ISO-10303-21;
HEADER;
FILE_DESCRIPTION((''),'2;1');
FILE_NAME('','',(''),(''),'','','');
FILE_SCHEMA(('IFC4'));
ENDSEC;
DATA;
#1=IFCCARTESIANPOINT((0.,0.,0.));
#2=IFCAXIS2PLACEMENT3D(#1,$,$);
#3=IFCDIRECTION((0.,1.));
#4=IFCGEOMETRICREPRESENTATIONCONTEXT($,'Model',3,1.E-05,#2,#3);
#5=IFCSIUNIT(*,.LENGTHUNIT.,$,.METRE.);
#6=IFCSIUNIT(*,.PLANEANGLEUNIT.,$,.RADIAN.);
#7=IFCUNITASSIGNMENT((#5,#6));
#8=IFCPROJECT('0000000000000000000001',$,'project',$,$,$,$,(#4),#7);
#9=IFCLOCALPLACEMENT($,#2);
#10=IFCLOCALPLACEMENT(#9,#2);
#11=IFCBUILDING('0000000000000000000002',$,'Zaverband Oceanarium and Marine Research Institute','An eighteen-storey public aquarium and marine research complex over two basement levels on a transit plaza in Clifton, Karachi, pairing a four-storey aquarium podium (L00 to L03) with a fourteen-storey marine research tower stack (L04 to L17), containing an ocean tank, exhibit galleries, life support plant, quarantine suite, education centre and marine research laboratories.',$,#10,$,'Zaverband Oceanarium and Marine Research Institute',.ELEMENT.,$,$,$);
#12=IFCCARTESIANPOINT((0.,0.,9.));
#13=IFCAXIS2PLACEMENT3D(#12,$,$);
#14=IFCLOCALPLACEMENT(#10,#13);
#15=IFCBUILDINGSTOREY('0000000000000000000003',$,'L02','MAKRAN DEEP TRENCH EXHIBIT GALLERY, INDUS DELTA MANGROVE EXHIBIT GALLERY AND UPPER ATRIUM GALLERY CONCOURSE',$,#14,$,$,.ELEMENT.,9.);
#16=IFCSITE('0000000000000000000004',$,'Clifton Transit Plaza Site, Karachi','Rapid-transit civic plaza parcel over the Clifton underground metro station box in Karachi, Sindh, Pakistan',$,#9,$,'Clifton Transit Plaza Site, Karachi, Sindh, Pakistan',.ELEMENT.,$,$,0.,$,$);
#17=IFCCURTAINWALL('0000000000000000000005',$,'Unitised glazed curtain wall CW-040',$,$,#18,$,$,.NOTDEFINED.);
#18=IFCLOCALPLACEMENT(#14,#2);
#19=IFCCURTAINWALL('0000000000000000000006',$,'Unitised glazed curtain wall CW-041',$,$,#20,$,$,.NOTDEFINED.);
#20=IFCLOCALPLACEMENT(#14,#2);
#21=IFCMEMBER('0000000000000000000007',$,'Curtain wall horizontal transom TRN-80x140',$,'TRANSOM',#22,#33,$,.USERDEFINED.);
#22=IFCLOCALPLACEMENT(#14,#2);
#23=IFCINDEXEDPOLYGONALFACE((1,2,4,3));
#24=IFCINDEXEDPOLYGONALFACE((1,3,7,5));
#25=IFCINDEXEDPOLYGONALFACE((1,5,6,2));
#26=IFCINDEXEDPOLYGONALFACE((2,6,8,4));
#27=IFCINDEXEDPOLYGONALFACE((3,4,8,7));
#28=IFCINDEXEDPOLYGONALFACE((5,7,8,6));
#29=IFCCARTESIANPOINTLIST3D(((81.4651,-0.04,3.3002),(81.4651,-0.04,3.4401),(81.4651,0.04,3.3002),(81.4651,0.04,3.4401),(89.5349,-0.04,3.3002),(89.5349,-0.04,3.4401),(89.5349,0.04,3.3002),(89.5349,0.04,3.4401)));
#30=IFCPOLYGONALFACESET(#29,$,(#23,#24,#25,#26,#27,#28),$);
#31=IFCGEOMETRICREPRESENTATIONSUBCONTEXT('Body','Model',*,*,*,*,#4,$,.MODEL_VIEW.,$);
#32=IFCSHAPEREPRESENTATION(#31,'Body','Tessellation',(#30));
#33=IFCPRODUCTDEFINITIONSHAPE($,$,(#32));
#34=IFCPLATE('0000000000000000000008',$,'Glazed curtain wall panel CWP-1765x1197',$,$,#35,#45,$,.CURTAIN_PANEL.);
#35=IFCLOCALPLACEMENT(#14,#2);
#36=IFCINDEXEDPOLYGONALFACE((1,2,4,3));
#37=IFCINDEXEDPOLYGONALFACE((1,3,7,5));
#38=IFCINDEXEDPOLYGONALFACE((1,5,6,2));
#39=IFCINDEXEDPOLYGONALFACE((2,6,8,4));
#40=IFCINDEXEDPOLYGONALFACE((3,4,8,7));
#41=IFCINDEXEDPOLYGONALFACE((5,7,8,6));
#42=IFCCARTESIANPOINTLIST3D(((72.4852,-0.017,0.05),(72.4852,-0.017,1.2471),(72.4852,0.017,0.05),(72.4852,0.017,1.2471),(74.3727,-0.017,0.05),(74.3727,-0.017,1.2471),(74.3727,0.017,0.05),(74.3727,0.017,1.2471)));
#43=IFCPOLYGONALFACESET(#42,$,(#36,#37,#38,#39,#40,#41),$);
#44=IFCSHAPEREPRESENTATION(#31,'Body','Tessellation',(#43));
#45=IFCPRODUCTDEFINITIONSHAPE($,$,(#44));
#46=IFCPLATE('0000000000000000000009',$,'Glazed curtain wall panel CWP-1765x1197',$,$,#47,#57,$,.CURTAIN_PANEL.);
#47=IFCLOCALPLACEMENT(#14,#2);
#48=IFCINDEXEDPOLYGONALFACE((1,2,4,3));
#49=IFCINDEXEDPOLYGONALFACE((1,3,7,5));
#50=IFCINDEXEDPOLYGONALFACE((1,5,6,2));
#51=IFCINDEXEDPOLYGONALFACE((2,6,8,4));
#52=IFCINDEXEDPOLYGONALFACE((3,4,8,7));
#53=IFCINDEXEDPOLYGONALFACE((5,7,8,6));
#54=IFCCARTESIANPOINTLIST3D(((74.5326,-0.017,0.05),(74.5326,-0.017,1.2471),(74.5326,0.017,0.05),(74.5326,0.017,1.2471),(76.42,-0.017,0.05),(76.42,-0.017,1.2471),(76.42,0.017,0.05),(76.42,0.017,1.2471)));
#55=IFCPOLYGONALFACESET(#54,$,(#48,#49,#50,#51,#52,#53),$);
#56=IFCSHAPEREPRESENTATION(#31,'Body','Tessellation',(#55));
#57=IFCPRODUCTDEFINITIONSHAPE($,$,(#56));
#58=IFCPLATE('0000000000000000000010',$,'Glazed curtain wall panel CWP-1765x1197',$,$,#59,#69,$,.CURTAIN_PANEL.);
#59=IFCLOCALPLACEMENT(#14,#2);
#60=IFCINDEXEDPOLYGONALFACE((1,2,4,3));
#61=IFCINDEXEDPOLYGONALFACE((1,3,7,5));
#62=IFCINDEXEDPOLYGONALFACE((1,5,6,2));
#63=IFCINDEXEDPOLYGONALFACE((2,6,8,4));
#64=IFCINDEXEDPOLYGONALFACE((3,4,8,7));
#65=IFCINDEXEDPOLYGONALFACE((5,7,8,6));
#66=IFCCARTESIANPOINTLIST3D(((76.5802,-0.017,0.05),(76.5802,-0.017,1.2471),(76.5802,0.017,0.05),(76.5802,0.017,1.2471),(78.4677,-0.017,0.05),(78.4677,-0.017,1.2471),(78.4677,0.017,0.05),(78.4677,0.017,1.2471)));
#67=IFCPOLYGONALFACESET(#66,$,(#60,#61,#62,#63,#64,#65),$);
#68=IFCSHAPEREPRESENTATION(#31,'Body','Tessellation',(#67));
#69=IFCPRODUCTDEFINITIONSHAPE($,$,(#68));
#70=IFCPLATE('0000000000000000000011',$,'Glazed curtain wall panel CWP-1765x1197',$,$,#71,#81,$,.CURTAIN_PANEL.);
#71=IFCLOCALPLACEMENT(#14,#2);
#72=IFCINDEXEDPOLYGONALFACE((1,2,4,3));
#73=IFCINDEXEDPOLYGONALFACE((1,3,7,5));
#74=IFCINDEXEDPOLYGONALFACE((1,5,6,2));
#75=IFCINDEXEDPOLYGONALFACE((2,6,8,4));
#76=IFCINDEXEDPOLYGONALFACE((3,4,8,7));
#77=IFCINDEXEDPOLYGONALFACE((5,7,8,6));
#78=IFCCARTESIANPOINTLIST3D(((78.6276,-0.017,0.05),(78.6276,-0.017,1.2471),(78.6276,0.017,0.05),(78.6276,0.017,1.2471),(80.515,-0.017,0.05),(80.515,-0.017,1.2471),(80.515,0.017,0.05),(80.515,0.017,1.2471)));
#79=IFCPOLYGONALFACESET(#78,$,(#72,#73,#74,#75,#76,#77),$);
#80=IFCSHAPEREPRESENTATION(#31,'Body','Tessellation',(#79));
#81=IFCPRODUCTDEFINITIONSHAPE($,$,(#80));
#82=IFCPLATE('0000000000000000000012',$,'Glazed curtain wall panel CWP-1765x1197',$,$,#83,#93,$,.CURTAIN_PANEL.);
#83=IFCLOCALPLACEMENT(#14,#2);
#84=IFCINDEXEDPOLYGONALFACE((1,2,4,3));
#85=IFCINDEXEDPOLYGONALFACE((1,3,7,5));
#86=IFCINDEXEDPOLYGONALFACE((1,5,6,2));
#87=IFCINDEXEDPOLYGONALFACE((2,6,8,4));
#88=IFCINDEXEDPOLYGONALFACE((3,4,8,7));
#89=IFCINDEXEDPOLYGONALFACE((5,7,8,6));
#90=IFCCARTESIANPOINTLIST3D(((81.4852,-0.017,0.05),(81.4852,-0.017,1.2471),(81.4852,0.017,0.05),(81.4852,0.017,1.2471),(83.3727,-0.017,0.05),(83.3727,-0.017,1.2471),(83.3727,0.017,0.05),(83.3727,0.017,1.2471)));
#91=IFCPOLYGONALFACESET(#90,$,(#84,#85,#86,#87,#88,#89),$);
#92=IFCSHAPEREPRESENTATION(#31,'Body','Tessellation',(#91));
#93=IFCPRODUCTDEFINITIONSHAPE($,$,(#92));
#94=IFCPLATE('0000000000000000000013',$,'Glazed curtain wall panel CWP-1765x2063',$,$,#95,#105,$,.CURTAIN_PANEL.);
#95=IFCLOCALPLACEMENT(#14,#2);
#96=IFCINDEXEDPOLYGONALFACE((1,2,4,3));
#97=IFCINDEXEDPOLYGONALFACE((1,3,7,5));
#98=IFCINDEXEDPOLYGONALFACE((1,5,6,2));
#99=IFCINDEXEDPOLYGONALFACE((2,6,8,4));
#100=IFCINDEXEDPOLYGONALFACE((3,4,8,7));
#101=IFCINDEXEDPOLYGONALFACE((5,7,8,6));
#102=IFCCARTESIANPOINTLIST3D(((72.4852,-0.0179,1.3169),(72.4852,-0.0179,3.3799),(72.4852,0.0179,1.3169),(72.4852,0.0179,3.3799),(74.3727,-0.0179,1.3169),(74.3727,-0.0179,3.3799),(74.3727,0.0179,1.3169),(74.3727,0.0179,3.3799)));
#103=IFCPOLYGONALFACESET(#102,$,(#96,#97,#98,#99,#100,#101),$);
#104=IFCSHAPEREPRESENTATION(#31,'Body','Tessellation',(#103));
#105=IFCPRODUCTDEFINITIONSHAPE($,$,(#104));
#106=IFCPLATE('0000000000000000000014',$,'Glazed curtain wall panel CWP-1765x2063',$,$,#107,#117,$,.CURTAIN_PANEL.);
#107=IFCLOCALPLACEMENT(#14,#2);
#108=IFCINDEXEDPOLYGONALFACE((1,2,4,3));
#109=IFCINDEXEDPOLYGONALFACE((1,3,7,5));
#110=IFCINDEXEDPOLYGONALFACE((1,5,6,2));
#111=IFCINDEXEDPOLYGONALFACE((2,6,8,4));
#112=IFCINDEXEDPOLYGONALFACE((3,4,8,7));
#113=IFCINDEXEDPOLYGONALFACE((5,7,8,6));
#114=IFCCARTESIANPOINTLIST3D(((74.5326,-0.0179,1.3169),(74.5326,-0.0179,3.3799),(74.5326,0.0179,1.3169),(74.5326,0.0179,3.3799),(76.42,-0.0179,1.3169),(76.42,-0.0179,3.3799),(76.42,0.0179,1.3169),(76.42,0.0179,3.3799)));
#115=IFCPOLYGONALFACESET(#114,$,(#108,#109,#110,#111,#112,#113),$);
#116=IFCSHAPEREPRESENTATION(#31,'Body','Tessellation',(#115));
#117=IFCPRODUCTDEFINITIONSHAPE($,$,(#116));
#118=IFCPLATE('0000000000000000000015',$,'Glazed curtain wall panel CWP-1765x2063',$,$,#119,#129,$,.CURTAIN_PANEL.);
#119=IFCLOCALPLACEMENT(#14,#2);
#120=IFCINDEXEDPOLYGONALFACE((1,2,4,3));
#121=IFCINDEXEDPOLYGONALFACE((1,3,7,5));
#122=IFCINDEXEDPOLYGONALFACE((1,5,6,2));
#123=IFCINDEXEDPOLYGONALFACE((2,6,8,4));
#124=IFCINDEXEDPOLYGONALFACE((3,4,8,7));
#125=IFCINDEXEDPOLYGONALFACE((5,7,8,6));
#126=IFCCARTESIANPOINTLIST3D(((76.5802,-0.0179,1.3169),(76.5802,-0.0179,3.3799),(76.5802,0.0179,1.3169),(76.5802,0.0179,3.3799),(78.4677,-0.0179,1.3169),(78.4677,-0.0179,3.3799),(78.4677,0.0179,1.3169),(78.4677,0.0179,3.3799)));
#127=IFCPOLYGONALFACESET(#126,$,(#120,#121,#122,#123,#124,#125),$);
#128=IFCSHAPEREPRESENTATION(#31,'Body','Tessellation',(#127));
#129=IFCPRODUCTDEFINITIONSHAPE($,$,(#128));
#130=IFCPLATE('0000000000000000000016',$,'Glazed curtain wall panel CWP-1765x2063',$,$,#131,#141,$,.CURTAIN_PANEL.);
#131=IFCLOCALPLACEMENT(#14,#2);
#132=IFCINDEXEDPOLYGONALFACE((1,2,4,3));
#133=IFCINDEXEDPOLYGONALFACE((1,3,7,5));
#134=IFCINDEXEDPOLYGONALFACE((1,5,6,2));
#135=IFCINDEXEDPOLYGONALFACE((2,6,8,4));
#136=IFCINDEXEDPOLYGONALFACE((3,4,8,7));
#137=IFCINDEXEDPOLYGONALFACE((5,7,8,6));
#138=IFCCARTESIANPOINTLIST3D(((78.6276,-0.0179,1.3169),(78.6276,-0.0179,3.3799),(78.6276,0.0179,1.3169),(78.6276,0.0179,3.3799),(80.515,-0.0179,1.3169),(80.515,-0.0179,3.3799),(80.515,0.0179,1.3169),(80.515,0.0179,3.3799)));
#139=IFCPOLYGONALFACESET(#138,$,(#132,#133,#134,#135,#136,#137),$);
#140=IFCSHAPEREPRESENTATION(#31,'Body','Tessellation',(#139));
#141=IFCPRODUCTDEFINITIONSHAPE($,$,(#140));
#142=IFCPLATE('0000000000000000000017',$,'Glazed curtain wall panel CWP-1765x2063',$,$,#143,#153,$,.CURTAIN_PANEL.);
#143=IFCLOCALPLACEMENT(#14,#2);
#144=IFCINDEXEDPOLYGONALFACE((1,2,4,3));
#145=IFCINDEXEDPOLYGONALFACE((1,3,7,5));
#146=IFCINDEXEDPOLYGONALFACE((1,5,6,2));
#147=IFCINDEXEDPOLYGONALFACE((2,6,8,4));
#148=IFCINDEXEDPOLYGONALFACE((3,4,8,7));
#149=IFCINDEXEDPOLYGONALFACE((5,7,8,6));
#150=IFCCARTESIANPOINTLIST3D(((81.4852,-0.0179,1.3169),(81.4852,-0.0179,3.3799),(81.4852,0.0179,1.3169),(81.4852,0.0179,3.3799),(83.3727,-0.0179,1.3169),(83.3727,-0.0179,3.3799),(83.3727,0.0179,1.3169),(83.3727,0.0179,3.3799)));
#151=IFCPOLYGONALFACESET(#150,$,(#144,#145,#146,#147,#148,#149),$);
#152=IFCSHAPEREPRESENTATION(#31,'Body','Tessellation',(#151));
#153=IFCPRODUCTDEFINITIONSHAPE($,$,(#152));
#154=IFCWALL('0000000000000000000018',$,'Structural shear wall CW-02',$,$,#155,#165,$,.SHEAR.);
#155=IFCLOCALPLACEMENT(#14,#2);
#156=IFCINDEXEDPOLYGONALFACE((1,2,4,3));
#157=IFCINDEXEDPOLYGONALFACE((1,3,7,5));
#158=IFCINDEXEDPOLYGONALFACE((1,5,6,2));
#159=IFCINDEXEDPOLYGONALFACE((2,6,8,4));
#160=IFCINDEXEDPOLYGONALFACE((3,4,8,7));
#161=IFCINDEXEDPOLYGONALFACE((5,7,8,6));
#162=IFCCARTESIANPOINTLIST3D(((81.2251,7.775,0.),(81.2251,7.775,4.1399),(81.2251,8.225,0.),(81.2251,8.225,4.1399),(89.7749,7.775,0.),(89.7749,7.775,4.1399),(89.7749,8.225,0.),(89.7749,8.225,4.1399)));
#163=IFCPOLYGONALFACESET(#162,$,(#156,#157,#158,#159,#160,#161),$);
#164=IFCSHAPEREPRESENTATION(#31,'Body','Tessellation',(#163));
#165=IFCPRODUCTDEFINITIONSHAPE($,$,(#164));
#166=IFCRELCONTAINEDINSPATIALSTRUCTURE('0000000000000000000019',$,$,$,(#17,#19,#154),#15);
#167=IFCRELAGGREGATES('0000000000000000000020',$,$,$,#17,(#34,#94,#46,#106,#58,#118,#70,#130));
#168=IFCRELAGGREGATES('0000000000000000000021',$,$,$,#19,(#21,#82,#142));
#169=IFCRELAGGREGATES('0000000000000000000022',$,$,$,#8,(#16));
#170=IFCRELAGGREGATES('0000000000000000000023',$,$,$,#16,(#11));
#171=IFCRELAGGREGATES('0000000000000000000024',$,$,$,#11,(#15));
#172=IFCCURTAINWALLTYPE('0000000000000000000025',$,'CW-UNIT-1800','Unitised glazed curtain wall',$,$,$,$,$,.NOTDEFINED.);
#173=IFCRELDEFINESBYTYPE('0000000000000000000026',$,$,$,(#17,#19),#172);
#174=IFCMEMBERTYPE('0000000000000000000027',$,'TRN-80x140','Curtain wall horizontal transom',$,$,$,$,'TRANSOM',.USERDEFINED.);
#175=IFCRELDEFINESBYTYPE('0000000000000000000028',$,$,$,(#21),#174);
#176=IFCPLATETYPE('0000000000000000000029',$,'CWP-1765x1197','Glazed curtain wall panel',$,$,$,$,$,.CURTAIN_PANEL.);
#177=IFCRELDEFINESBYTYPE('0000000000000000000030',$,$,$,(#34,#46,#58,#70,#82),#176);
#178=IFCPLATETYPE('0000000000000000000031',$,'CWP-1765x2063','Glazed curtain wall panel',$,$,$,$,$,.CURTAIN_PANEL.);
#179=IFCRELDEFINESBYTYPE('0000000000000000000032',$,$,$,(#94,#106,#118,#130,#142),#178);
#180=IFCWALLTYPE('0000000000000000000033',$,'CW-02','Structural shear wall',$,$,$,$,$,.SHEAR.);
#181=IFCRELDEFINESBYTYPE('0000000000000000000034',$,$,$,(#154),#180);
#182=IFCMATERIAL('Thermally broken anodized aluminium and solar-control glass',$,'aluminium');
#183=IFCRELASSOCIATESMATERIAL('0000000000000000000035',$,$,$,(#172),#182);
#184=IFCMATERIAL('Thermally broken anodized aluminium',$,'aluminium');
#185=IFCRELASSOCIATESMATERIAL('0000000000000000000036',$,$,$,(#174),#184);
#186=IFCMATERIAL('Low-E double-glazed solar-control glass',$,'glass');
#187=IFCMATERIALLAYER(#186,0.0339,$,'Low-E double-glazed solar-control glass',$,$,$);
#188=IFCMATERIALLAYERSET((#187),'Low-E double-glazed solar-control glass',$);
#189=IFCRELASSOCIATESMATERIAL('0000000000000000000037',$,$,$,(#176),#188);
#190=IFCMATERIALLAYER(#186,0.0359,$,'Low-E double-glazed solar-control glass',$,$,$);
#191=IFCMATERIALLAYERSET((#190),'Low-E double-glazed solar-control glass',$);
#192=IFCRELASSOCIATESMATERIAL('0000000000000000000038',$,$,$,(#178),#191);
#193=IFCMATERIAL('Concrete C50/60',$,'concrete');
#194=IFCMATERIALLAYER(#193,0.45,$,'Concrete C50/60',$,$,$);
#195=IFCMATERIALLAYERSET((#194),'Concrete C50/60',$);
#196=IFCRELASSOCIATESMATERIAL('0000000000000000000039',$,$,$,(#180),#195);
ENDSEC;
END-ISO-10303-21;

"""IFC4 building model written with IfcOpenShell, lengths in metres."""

from ifc_helpers import new_model, si_unit, direction, frame, frame_2d, origin, origin_2d, place, context, subcontext, project, spatial, rectangle, extrude, material, layer, layer_set, material_profile, profile_set, type_object, element, aggregate, save


model = new_model("IFC4")

# Units and contexts
model_context = context("Model", 3, precision=1e-05, world=origin(), true_north=direction((0.0, 1.0)))
body_context = subcontext(model_context, "Body", "Model", "MODEL_VIEW")
ifc_project = project(units=[si_unit("LENGTHUNIT", "METRE"), si_unit("PLANEANGLEUNIT", "RADIAN")], contexts=[model_context])

# Site, building, storey
site_placement = place(None, origin())
site = spatial("IfcSite", under=ifc_project, at=site_placement, Name="Clifton Transit Plaza Site, Karachi", Description="Rapid-transit civic plaza parcel over the Clifton underground metro station box in Karachi, Sindh, Pakistan", LongName="Clifton Transit Plaza Site, Karachi, Sindh, Pakistan", CompositionType="ELEMENT", RefElevation=0.0)
building_placement = place(site_placement, origin())
building = spatial("IfcBuilding", under=site, at=building_placement, Name="Zaverband Oceanarium and Marine Research Institute", Description="An eighteen-storey public aquarium and marine research complex over two basement levels on a transit plaza in Clifton, Karachi, pairing a four-storey aquarium podium (L00 to L03) with a fourteen-storey marine research tower stack (L04 to L17), containing an ocean tank, exhibit galleries, life support plant, quarantine suite, education centre and marine research laboratories.", LongName="Zaverband Oceanarium and Marine Research Institute", CompositionType="ELEMENT")
storey_placement = place(building_placement, frame((0.0, 0.0, 9.0)))
storey = spatial("IfcBuildingStorey", under=building, at=storey_placement, Name="L02", Description="MAKRAN DEEP TRENCH EXHIBIT GALLERY, INDUS DELTA MANGROVE EXHIBIT GALLERY AND UPPER ATRIUM GALLERY CONCOURSE", CompositionType="ELEMENT", Elevation=9.0)

# Shared definitions
ifc_material_1 = material(Name="Concrete C50/60", Category="concrete")

# Curtain wall
ifc_material_2 = material(Name="Thermally broken anodized aluminium and solar-control glass", Category="aluminium")
curtain_wall_type = type_object("IfcCurtainWallType", Name="CW-UNIT-1800", Description="Unitised glazed curtain wall", PredefinedType="NOTDEFINED", material=ifc_material_2)
curtain_wall_1_placement = place(storey_placement, origin())
curtain_wall_1 = element("IfcCurtainWall", 1, at=curtain_wall_1_placement, inside=storey, type_object=curtain_wall_type, Name="Unitised glazed curtain wall CW-040", PredefinedType="NOTDEFINED")
ifc_material_3 = material(Name="Thermally broken anodized aluminium", Category="aluminium")

# Curtain wall
curtain_wall_2_placement = place(storey_placement, origin())
curtain_wall_2 = element("IfcCurtainWall", 2, at=curtain_wall_2_placement, inside=storey, type_object=curtain_wall_type, Name="Unitised glazed curtain wall CW-041", PredefinedType="NOTDEFINED")

# Member
ifc_material_profile_1 = material_profile(ifc_material_3, rectangle(XDim=0.0801, YDim=0.1399, at=origin_2d()), Name="AL-TRN-80x140")
ifc_profile_set_1 = profile_set([ifc_material_profile_1], Name="Thermally broken anodized aluminium")
member_type_1 = type_object("IfcMemberType", Name="TRN-80x140", Description="Curtain wall horizontal transom", ElementType="TRANSOM", PredefinedType="USERDEFINED", material=ifc_profile_set_1)
member_1_placement = place(storey_placement, frame((81.4651, 0.0, 3.3701), z_axis=(1.0, 0.0, 0.0), x_axis=(0.0, 1.0, 0.0)))
member_1 = element("IfcMember", 3, at=member_1_placement, type_object=member_type_1, Name="Curtain wall horizontal transom TRN-80x140", ObjectType="TRANSOM", PredefinedType="USERDEFINED", context=body_context, shape_type="SweptSolid", body=[
    extrude(rectangle(XDim=0.0801, YDim=0.1399, at=origin_2d()), origin(), (0.0, 0.0, 1.0), 8.0698),
])

# Plates
ifc_material_4 = material(Name="Low-E double-glazed solar-control glass", Category="glass")
ifc_layer_1 = layer(ifc_material_4, 0.0339, Name="Low-E double-glazed solar-control glass")
ifc_layer_set_1 = layer_set([ifc_layer_1], Name="Low-E double-glazed solar-control glass")
plate_type_1 = type_object("IfcPlateType", Name="CWP-1765x1197", Description="Glazed curtain wall panel", PredefinedType="CURTAIN_PANEL", material=ifc_layer_set_1)
plate_1_placement = place(storey_placement, frame((72.4851, 0.0, 0.05), z_axis=(0.0, 0.0, 1.0), x_axis=(1.0, 0.0, 0.0)))
plate_1 = element("IfcPlate", 4, at=plate_1_placement, type_object=plate_type_1, Name="Glazed curtain wall panel CWP-1765x1197", PredefinedType="CURTAIN_PANEL", context=body_context, shape_type="SweptSolid", body=[
    extrude(rectangle(XDim=1.8875, YDim=0.0339, at=frame_2d((0.9438, 0.0))), origin(), (0.0, 0.0, 1.0), 1.197),
])
plate_2_placement = place(storey_placement, frame((74.5325, 0.0, 0.05), z_axis=(0.0, 0.0, 1.0), x_axis=(1.0, 0.0, 0.0)))
plate_2 = element("IfcPlate", 5, at=plate_2_placement, type_object=plate_type_1, Name="Glazed curtain wall panel CWP-1765x1197", PredefinedType="CURTAIN_PANEL", context=body_context, shape_type="SweptSolid", body=[
    extrude(rectangle(XDim=1.8875, YDim=0.0339, at=frame_2d((0.9438, 0.0))), origin(), (0.0, 0.0, 1.0), 1.197),
])
plate_3_placement = place(storey_placement, frame((76.5801, 0.0, 0.05), z_axis=(0.0, 0.0, 1.0), x_axis=(1.0, 0.0, 0.0)))
plate_3 = element("IfcPlate", 6, at=plate_3_placement, type_object=plate_type_1, Name="Glazed curtain wall panel CWP-1765x1197", PredefinedType="CURTAIN_PANEL", context=body_context, shape_type="SweptSolid", body=[
    extrude(rectangle(XDim=1.8875, YDim=0.0339, at=frame_2d((0.9438, 0.0))), origin(), (0.0, 0.0, 1.0), 1.197),
])
plate_4_placement = place(storey_placement, frame((78.6274, 0.0, 0.05), z_axis=(0.0, 0.0, 1.0), x_axis=(1.0, 0.0, 0.0)))
plate_4 = element("IfcPlate", 7, at=plate_4_placement, type_object=plate_type_1, Name="Glazed curtain wall panel CWP-1765x1197", PredefinedType="CURTAIN_PANEL", context=body_context, shape_type="SweptSolid", body=[
    extrude(rectangle(XDim=1.8875, YDim=0.0339, at=frame_2d((0.9438, 0.0))), origin(), (0.0, 0.0, 1.0), 1.197),
])
plate_5_placement = place(storey_placement, frame((81.4851, 0.0, 0.05), z_axis=(0.0, 0.0, 1.0), x_axis=(1.0, 0.0, 0.0)))
plate_5 = element("IfcPlate", 8, at=plate_5_placement, type_object=plate_type_1, Name="Glazed curtain wall panel CWP-1765x1197", PredefinedType="CURTAIN_PANEL", context=body_context, shape_type="SweptSolid", body=[
    extrude(rectangle(XDim=1.8875, YDim=0.0339, at=frame_2d((0.9438, 0.0))), origin(), (0.0, 0.0, 1.0), 1.197),
])
ifc_layer_2 = layer(ifc_material_4, 0.0359, Name="Low-E double-glazed solar-control glass")
ifc_layer_set_2 = layer_set([ifc_layer_2], Name="Low-E double-glazed solar-control glass")
plate_type_2 = type_object("IfcPlateType", Name="CWP-1765x2063", Description="Glazed curtain wall panel", PredefinedType="CURTAIN_PANEL", material=ifc_layer_set_2)
plate_6_placement = place(storey_placement, frame((72.4851, 0.0, 1.3169), z_axis=(0.0, 0.0, 1.0), x_axis=(1.0, 0.0, 0.0)))
plate_6 = element("IfcPlate", 9, at=plate_6_placement, type_object=plate_type_2, Name="Glazed curtain wall panel CWP-1765x2063", PredefinedType="CURTAIN_PANEL", context=body_context, shape_type="SweptSolid", body=[
    extrude(rectangle(XDim=1.8875, YDim=0.0359, at=frame_2d((0.9438, 0.0))), origin(), (0.0, 0.0, 1.0), 2.063),
])
plate_7_placement = place(storey_placement, frame((74.5325, 0.0, 1.3169), z_axis=(0.0, 0.0, 1.0), x_axis=(1.0, 0.0, 0.0)))
plate_7 = element("IfcPlate", 10, at=plate_7_placement, type_object=plate_type_2, Name="Glazed curtain wall panel CWP-1765x2063", PredefinedType="CURTAIN_PANEL", context=body_context, shape_type="SweptSolid", body=[
    extrude(rectangle(XDim=1.8875, YDim=0.0359, at=frame_2d((0.9438, 0.0))), origin(), (0.0, 0.0, 1.0), 2.063),
])
plate_8_placement = place(storey_placement, frame((76.5801, 0.0, 1.3169), z_axis=(0.0, 0.0, 1.0), x_axis=(1.0, 0.0, 0.0)))
plate_8 = element("IfcPlate", 11, at=plate_8_placement, type_object=plate_type_2, Name="Glazed curtain wall panel CWP-1765x2063", PredefinedType="CURTAIN_PANEL", context=body_context, shape_type="SweptSolid", body=[
    extrude(rectangle(XDim=1.8875, YDim=0.0359, at=frame_2d((0.9438, 0.0))), origin(), (0.0, 0.0, 1.0), 2.063),
])
plate_9_placement = place(storey_placement, frame((78.6274, 0.0, 1.3169), z_axis=(0.0, 0.0, 1.0), x_axis=(1.0, 0.0, 0.0)))
plate_9 = element("IfcPlate", 12, at=plate_9_placement, type_object=plate_type_2, Name="Glazed curtain wall panel CWP-1765x2063", PredefinedType="CURTAIN_PANEL", context=body_context, shape_type="SweptSolid", body=[
    extrude(rectangle(XDim=1.8875, YDim=0.0359, at=frame_2d((0.9438, 0.0))), origin(), (0.0, 0.0, 1.0), 2.063),
])
aggregate(curtain_wall_1, [plate_1, plate_6, plate_2, plate_7, plate_3, plate_8, plate_4, plate_9])
plate_10_placement = place(storey_placement, frame((81.4851, 0.0, 1.3169), z_axis=(0.0, 0.0, 1.0), x_axis=(1.0, 0.0, 0.0)))
plate_10 = element("IfcPlate", 13, at=plate_10_placement, type_object=plate_type_2, Name="Glazed curtain wall panel CWP-1765x2063", PredefinedType="CURTAIN_PANEL", context=body_context, shape_type="SweptSolid", body=[
    extrude(rectangle(XDim=1.8875, YDim=0.0359, at=frame_2d((0.9438, 0.0))), origin(), (0.0, 0.0, 1.0), 2.063),
])
aggregate(curtain_wall_2, [member_1, plate_5, plate_10])

# Wall
ifc_layer_3 = layer(ifc_material_1, 0.45, Name="Concrete C50/60")
ifc_layer_set_3 = layer_set([ifc_layer_3], Name="Concrete C50/60")
wall_type = type_object("IfcWallType", Name="CW-02", Description="Structural shear wall", PredefinedType="SHEAR", material=ifc_layer_set_3)
wall_1_placement = place(storey_placement, frame((81.2251, 8.0, 0.0), z_axis=(0.0, 0.0, 1.0), x_axis=(1.0, 0.0, 0.0)))
element("IfcWall", 14, at=wall_1_placement, inside=storey, type_object=wall_type, Name="Structural shear wall CW-02", PredefinedType="SHEAR", context=body_context, shape_type="SweptSolid", body=[
    extrude(rectangle(XDim=8.5498, YDim=0.45, at=frame_2d((4.2749, 0.0))), origin(), (0.0, 0.0, 1.0), 4.1399),
])

save(model, "model.ifc")
